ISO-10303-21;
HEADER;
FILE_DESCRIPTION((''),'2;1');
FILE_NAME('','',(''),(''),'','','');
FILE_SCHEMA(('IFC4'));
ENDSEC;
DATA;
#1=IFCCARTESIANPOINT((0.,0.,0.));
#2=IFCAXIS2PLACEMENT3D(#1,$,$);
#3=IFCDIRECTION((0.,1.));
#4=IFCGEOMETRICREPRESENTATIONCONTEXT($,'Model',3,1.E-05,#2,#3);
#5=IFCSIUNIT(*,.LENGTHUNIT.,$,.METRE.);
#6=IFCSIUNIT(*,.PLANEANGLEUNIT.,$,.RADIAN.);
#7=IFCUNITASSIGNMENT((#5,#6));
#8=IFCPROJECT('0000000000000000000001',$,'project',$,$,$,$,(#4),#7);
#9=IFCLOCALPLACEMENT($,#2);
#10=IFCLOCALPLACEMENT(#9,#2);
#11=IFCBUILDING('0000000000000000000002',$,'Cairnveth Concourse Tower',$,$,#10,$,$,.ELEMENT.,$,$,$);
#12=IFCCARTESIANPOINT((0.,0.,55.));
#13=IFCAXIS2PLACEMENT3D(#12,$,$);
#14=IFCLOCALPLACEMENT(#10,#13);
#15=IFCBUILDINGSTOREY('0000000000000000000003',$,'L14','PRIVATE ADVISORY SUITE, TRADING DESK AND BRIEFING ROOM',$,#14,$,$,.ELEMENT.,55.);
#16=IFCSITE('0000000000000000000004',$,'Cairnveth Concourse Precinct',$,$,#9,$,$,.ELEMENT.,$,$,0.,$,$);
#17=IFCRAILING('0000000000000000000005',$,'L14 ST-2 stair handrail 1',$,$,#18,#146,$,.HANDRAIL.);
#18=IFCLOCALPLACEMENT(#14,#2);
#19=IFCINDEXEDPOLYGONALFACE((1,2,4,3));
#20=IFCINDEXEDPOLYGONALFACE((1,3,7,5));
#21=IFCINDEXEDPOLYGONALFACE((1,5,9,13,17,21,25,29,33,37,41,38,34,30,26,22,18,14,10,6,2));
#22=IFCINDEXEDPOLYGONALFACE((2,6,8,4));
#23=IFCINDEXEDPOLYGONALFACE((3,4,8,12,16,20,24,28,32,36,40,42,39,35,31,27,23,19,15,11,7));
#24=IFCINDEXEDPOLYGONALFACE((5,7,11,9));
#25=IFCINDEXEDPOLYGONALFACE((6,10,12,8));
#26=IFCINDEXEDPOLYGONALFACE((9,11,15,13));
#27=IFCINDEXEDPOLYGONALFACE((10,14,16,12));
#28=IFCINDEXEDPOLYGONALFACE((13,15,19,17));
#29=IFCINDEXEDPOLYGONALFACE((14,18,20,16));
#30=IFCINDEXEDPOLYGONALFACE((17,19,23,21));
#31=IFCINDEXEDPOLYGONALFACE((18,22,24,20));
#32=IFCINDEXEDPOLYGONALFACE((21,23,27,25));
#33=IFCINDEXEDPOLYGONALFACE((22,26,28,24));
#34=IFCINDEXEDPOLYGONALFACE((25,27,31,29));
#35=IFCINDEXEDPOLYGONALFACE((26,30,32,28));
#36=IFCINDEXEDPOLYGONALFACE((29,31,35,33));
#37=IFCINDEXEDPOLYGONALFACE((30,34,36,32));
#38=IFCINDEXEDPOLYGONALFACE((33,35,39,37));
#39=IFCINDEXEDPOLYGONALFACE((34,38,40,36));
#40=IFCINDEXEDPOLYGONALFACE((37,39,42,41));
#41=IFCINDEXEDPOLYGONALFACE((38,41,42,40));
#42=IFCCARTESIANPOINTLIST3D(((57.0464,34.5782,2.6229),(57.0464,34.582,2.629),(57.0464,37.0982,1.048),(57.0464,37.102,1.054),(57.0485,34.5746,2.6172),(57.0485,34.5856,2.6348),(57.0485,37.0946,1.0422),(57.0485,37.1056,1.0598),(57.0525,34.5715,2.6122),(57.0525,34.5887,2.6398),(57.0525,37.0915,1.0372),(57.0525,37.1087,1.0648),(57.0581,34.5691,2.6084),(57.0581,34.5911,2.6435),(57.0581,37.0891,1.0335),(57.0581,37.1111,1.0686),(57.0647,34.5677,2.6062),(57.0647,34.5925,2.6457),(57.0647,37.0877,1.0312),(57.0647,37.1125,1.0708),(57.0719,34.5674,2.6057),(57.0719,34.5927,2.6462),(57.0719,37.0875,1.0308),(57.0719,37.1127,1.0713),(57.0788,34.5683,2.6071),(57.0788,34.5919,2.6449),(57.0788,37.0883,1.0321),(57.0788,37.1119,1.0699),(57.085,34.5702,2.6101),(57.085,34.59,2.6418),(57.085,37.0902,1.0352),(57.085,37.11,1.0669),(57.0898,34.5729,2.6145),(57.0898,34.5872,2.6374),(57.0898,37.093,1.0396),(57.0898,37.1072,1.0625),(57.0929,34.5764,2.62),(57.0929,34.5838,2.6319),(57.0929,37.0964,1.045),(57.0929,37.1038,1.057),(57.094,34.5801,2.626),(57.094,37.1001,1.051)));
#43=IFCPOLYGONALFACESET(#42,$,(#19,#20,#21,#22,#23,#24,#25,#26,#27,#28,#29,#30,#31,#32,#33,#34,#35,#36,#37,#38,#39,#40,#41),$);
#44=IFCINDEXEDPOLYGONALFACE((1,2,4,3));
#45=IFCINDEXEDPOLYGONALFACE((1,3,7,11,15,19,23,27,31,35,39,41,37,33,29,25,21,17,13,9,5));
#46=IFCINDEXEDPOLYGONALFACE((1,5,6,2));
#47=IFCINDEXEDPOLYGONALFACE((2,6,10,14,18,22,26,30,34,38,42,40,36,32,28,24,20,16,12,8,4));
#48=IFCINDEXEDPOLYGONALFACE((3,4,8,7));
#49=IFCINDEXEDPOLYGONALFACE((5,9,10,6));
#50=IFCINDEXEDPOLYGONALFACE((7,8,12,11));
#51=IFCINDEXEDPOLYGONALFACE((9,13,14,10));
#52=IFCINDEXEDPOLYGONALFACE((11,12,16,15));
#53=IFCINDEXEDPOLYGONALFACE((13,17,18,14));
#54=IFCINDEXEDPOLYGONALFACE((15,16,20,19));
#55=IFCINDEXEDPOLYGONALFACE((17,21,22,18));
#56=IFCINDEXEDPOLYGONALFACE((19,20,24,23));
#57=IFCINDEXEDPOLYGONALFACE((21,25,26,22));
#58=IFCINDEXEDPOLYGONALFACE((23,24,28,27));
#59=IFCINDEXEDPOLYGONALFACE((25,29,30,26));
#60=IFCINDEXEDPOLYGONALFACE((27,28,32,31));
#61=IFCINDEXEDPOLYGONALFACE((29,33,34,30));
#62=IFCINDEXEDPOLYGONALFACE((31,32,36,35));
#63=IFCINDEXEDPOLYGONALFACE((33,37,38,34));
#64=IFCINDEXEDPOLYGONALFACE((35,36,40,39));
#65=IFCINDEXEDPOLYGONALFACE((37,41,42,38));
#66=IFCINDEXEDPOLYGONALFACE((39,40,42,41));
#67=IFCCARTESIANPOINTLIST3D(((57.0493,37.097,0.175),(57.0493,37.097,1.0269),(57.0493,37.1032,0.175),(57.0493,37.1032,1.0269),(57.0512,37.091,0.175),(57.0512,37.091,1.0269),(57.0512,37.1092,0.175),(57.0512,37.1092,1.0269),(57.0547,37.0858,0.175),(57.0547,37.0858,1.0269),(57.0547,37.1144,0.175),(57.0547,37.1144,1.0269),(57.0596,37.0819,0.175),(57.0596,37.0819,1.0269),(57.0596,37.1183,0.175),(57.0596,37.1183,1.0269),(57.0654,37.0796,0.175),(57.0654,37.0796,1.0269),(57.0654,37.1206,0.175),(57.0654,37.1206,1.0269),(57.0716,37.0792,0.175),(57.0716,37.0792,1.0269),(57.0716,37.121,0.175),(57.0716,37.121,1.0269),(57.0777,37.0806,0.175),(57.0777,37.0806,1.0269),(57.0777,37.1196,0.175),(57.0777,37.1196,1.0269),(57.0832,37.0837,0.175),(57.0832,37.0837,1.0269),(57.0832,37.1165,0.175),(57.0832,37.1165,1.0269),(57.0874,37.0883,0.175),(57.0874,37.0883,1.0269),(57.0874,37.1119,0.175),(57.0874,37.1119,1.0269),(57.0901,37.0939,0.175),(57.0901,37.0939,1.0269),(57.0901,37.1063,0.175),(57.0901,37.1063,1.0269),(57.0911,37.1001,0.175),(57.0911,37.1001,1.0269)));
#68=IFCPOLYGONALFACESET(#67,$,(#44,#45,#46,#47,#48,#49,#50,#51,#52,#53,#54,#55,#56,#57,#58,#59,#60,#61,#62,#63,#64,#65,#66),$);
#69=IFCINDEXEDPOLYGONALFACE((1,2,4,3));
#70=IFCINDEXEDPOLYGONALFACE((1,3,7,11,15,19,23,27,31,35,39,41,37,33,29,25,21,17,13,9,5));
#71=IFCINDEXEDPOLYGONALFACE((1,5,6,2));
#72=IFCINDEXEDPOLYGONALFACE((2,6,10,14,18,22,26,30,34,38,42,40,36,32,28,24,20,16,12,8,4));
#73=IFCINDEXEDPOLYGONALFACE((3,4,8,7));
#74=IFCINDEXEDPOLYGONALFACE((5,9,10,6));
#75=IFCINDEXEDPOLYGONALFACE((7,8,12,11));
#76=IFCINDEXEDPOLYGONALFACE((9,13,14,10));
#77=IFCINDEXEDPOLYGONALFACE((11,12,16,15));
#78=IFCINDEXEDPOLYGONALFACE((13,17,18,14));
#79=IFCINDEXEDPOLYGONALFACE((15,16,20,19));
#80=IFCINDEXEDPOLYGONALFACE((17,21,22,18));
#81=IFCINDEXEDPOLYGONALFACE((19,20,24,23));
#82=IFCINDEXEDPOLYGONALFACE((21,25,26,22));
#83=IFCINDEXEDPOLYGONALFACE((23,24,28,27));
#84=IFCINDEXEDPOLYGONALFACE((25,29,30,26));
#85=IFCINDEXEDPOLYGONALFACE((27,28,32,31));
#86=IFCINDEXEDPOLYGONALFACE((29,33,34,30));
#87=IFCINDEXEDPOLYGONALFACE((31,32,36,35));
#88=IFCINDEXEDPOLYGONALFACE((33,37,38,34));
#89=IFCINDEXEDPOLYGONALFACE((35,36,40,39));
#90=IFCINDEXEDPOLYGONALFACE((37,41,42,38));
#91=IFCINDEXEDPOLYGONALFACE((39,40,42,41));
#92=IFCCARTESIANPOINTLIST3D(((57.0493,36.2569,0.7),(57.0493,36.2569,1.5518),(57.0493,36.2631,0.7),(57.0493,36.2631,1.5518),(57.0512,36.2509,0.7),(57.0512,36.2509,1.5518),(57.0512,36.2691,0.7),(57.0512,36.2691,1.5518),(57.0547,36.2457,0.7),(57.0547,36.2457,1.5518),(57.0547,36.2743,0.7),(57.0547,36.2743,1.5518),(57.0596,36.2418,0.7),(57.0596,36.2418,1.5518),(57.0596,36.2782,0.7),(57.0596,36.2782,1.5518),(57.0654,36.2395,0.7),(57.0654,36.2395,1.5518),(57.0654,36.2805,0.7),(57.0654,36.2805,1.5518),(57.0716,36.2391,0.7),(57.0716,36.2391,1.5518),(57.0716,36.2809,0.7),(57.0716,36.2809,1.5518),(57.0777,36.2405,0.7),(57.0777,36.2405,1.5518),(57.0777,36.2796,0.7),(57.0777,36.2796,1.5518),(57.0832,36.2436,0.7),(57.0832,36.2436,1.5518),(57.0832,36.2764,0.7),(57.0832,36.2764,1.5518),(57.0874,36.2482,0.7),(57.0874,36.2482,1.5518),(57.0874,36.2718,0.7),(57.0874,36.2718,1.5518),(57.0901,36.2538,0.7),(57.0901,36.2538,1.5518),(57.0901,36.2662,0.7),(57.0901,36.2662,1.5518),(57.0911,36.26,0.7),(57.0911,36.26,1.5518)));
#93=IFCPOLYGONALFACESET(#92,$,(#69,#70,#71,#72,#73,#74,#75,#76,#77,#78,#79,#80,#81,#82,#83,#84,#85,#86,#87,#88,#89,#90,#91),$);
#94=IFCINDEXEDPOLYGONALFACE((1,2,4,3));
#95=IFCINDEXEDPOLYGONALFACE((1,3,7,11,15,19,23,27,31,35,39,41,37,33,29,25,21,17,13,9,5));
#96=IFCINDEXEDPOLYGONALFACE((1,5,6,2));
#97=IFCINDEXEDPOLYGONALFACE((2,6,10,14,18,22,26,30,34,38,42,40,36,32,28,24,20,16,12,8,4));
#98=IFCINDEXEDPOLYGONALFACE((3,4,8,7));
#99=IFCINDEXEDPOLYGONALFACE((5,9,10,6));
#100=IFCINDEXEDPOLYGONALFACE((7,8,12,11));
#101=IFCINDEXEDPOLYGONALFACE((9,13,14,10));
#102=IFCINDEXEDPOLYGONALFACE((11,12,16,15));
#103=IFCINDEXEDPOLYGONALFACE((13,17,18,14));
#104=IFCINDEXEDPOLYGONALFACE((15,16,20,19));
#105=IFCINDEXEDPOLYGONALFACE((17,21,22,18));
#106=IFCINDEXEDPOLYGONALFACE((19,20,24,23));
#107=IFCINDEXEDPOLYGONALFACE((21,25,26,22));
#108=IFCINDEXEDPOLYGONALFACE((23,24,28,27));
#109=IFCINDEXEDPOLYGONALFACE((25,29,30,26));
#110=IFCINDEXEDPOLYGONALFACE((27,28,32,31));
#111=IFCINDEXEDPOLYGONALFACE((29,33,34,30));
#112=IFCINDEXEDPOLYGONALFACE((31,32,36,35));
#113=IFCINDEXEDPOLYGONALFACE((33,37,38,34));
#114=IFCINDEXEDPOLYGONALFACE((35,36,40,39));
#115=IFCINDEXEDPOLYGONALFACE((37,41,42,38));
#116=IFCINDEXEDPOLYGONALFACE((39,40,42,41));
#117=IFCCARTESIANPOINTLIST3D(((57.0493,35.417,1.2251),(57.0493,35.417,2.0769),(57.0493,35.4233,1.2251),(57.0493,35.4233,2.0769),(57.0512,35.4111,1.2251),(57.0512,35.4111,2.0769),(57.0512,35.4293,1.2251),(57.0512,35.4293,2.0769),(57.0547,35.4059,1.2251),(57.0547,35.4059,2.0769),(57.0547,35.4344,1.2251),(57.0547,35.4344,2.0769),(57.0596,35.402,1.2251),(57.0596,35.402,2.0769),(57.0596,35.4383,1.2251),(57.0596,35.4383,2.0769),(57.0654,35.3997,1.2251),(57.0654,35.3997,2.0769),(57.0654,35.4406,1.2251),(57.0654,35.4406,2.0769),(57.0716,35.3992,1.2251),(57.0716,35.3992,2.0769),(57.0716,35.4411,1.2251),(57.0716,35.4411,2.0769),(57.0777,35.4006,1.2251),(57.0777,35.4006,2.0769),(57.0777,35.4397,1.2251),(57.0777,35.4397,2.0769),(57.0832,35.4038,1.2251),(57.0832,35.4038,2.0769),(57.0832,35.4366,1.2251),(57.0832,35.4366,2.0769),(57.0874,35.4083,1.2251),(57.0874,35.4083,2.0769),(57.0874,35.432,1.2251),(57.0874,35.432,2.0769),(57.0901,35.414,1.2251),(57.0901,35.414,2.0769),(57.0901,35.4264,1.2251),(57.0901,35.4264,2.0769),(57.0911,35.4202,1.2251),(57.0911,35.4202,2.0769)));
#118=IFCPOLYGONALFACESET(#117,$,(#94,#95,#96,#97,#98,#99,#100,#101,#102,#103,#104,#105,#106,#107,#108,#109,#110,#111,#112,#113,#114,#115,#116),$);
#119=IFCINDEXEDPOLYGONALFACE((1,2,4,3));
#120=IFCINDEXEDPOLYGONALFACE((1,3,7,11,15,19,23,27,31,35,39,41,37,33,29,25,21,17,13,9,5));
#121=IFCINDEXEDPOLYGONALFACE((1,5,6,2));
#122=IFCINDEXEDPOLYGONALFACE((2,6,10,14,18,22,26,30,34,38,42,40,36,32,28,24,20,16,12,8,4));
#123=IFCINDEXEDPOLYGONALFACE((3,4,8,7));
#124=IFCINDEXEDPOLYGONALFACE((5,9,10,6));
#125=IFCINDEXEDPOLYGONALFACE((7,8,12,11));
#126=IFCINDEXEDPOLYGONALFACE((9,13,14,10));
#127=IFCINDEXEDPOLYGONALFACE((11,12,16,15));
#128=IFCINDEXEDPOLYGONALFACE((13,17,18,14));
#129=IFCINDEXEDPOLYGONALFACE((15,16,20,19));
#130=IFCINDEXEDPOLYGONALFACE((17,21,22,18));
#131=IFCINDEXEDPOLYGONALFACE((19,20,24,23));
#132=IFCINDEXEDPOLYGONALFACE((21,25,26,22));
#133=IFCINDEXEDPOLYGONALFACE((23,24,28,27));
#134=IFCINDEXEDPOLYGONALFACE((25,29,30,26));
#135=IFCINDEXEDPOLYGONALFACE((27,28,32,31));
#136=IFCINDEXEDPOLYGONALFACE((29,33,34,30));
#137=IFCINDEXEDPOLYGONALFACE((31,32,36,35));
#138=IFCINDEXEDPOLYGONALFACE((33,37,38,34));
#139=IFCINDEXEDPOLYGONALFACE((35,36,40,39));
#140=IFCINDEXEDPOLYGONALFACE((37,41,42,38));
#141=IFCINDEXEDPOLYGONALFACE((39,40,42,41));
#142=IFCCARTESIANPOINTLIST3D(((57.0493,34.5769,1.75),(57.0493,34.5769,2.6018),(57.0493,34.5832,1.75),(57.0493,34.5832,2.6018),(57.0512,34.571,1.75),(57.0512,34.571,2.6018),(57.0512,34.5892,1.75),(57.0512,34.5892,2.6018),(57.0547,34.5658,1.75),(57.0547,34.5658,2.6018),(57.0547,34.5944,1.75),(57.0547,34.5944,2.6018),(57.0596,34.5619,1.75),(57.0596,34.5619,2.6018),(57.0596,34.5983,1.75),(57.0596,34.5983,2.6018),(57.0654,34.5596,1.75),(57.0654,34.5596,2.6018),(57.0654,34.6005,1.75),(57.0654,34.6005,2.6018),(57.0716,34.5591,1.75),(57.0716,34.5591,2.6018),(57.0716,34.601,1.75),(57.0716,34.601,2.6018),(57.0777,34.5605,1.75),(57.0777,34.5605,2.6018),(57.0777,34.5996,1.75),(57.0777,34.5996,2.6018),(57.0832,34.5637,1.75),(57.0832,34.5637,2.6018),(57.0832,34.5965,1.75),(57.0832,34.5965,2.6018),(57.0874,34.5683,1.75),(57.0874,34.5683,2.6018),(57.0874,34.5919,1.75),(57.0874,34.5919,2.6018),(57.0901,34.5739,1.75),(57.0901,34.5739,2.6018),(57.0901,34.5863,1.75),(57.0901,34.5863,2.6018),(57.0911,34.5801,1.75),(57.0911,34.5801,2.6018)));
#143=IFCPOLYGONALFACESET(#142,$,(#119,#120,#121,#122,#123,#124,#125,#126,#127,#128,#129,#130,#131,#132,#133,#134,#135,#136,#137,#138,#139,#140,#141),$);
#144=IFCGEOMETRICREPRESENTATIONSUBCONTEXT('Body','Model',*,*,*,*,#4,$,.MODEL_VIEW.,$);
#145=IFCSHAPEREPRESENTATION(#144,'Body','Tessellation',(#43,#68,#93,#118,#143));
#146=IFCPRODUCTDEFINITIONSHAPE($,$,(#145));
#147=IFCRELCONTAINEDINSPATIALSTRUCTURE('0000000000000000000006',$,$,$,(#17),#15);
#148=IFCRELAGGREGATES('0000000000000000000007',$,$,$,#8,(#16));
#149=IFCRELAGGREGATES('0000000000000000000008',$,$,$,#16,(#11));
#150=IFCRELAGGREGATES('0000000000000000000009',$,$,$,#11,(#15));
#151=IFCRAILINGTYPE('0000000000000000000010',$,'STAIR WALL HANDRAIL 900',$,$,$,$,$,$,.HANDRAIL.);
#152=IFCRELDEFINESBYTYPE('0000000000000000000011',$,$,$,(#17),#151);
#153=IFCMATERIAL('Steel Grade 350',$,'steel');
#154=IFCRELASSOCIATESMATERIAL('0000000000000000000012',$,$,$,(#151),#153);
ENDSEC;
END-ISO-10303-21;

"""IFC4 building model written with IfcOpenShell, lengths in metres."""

from ifc_helpers import new_model, si_unit, direction, frame, origin, origin_2d, place, context, subcontext, project, spatial, circle, extrude, material, type_object, element, save


model = new_model("IFC4")

# Units and contexts
model_context = context("Model", 3, precision=1e-05, world=origin(), true_north=direction((0.0, 1.0)))
body_context = subcontext(model_context, "Body", "Model", "MODEL_VIEW")
ifc_project = project(units=[si_unit("LENGTHUNIT", "METRE"), si_unit("PLANEANGLEUNIT", "RADIAN")], contexts=[model_context])

# Site, building, storey
site_placement = place(None, origin())
site = spatial("IfcSite", under=ifc_project, at=site_placement, Name="Cairnveth Concourse Precinct", CompositionType="ELEMENT", RefElevation=0.0)
building_placement = place(site_placement, origin())
building = spatial("IfcBuilding", under=site, at=building_placement, Name="Cairnveth Concourse Tower", CompositionType="ELEMENT")
storey_placement = place(building_placement, frame((0.0, 0.0, 55.0)))
storey = spatial("IfcBuildingStorey", under=building, at=storey_placement, Name="L14", Description="PRIVATE ADVISORY SUITE, TRADING DESK AND BRIEFING ROOM", CompositionType="ELEMENT", Elevation=55.0)

# Shared definitions
ifc_material_1 = material(Name="Steel Grade 350", Category="steel")

# Railing
railing_type_1 = type_object("IfcRailingType", Name="STAIR WALL HANDRAIL 900", PredefinedType="HANDRAIL", material=ifc_material_1)
railing_1_placement = place(storey_placement, frame((57.0701, 37.1001, 0.175)))
element("IfcRailing", 1, at=railing_1_placement, inside=storey, type_object=railing_type_1, Name="L14 ST-2 stair handrail 1", PredefinedType="HANDRAIL", context=body_context, shape_type="SweptSolid", body=[
    extrude(circle(Radius=0.0239, at=origin_2d()), frame((0.0, 0.0, 0.876), z_axis=(0.0, -0.848008, 0.529984), x_axis=(1.0, 0.0, 0.0)), (0.0, 0.0, 1.0), 2.9717),
    extrude(circle(Radius=0.021, at=origin_2d()), origin(), (0.0, 0.0, 1.0), 0.8518),
    extrude(circle(Radius=0.021, at=origin_2d()), frame((0.0, -0.8401, 0.5249)), (0.0, 0.0, 1.0), 0.8518),
    extrude(circle(Radius=0.021, at=origin_2d()), frame((0.0, -1.6799, 1.05)), (0.0, 0.0, 1.0), 0.8518),
    extrude(circle(Radius=0.021, at=origin_2d()), frame((0.0, -2.52, 1.575)), (0.0, 0.0, 1.0), 0.8518),
])

save(model, "model.ifc")
